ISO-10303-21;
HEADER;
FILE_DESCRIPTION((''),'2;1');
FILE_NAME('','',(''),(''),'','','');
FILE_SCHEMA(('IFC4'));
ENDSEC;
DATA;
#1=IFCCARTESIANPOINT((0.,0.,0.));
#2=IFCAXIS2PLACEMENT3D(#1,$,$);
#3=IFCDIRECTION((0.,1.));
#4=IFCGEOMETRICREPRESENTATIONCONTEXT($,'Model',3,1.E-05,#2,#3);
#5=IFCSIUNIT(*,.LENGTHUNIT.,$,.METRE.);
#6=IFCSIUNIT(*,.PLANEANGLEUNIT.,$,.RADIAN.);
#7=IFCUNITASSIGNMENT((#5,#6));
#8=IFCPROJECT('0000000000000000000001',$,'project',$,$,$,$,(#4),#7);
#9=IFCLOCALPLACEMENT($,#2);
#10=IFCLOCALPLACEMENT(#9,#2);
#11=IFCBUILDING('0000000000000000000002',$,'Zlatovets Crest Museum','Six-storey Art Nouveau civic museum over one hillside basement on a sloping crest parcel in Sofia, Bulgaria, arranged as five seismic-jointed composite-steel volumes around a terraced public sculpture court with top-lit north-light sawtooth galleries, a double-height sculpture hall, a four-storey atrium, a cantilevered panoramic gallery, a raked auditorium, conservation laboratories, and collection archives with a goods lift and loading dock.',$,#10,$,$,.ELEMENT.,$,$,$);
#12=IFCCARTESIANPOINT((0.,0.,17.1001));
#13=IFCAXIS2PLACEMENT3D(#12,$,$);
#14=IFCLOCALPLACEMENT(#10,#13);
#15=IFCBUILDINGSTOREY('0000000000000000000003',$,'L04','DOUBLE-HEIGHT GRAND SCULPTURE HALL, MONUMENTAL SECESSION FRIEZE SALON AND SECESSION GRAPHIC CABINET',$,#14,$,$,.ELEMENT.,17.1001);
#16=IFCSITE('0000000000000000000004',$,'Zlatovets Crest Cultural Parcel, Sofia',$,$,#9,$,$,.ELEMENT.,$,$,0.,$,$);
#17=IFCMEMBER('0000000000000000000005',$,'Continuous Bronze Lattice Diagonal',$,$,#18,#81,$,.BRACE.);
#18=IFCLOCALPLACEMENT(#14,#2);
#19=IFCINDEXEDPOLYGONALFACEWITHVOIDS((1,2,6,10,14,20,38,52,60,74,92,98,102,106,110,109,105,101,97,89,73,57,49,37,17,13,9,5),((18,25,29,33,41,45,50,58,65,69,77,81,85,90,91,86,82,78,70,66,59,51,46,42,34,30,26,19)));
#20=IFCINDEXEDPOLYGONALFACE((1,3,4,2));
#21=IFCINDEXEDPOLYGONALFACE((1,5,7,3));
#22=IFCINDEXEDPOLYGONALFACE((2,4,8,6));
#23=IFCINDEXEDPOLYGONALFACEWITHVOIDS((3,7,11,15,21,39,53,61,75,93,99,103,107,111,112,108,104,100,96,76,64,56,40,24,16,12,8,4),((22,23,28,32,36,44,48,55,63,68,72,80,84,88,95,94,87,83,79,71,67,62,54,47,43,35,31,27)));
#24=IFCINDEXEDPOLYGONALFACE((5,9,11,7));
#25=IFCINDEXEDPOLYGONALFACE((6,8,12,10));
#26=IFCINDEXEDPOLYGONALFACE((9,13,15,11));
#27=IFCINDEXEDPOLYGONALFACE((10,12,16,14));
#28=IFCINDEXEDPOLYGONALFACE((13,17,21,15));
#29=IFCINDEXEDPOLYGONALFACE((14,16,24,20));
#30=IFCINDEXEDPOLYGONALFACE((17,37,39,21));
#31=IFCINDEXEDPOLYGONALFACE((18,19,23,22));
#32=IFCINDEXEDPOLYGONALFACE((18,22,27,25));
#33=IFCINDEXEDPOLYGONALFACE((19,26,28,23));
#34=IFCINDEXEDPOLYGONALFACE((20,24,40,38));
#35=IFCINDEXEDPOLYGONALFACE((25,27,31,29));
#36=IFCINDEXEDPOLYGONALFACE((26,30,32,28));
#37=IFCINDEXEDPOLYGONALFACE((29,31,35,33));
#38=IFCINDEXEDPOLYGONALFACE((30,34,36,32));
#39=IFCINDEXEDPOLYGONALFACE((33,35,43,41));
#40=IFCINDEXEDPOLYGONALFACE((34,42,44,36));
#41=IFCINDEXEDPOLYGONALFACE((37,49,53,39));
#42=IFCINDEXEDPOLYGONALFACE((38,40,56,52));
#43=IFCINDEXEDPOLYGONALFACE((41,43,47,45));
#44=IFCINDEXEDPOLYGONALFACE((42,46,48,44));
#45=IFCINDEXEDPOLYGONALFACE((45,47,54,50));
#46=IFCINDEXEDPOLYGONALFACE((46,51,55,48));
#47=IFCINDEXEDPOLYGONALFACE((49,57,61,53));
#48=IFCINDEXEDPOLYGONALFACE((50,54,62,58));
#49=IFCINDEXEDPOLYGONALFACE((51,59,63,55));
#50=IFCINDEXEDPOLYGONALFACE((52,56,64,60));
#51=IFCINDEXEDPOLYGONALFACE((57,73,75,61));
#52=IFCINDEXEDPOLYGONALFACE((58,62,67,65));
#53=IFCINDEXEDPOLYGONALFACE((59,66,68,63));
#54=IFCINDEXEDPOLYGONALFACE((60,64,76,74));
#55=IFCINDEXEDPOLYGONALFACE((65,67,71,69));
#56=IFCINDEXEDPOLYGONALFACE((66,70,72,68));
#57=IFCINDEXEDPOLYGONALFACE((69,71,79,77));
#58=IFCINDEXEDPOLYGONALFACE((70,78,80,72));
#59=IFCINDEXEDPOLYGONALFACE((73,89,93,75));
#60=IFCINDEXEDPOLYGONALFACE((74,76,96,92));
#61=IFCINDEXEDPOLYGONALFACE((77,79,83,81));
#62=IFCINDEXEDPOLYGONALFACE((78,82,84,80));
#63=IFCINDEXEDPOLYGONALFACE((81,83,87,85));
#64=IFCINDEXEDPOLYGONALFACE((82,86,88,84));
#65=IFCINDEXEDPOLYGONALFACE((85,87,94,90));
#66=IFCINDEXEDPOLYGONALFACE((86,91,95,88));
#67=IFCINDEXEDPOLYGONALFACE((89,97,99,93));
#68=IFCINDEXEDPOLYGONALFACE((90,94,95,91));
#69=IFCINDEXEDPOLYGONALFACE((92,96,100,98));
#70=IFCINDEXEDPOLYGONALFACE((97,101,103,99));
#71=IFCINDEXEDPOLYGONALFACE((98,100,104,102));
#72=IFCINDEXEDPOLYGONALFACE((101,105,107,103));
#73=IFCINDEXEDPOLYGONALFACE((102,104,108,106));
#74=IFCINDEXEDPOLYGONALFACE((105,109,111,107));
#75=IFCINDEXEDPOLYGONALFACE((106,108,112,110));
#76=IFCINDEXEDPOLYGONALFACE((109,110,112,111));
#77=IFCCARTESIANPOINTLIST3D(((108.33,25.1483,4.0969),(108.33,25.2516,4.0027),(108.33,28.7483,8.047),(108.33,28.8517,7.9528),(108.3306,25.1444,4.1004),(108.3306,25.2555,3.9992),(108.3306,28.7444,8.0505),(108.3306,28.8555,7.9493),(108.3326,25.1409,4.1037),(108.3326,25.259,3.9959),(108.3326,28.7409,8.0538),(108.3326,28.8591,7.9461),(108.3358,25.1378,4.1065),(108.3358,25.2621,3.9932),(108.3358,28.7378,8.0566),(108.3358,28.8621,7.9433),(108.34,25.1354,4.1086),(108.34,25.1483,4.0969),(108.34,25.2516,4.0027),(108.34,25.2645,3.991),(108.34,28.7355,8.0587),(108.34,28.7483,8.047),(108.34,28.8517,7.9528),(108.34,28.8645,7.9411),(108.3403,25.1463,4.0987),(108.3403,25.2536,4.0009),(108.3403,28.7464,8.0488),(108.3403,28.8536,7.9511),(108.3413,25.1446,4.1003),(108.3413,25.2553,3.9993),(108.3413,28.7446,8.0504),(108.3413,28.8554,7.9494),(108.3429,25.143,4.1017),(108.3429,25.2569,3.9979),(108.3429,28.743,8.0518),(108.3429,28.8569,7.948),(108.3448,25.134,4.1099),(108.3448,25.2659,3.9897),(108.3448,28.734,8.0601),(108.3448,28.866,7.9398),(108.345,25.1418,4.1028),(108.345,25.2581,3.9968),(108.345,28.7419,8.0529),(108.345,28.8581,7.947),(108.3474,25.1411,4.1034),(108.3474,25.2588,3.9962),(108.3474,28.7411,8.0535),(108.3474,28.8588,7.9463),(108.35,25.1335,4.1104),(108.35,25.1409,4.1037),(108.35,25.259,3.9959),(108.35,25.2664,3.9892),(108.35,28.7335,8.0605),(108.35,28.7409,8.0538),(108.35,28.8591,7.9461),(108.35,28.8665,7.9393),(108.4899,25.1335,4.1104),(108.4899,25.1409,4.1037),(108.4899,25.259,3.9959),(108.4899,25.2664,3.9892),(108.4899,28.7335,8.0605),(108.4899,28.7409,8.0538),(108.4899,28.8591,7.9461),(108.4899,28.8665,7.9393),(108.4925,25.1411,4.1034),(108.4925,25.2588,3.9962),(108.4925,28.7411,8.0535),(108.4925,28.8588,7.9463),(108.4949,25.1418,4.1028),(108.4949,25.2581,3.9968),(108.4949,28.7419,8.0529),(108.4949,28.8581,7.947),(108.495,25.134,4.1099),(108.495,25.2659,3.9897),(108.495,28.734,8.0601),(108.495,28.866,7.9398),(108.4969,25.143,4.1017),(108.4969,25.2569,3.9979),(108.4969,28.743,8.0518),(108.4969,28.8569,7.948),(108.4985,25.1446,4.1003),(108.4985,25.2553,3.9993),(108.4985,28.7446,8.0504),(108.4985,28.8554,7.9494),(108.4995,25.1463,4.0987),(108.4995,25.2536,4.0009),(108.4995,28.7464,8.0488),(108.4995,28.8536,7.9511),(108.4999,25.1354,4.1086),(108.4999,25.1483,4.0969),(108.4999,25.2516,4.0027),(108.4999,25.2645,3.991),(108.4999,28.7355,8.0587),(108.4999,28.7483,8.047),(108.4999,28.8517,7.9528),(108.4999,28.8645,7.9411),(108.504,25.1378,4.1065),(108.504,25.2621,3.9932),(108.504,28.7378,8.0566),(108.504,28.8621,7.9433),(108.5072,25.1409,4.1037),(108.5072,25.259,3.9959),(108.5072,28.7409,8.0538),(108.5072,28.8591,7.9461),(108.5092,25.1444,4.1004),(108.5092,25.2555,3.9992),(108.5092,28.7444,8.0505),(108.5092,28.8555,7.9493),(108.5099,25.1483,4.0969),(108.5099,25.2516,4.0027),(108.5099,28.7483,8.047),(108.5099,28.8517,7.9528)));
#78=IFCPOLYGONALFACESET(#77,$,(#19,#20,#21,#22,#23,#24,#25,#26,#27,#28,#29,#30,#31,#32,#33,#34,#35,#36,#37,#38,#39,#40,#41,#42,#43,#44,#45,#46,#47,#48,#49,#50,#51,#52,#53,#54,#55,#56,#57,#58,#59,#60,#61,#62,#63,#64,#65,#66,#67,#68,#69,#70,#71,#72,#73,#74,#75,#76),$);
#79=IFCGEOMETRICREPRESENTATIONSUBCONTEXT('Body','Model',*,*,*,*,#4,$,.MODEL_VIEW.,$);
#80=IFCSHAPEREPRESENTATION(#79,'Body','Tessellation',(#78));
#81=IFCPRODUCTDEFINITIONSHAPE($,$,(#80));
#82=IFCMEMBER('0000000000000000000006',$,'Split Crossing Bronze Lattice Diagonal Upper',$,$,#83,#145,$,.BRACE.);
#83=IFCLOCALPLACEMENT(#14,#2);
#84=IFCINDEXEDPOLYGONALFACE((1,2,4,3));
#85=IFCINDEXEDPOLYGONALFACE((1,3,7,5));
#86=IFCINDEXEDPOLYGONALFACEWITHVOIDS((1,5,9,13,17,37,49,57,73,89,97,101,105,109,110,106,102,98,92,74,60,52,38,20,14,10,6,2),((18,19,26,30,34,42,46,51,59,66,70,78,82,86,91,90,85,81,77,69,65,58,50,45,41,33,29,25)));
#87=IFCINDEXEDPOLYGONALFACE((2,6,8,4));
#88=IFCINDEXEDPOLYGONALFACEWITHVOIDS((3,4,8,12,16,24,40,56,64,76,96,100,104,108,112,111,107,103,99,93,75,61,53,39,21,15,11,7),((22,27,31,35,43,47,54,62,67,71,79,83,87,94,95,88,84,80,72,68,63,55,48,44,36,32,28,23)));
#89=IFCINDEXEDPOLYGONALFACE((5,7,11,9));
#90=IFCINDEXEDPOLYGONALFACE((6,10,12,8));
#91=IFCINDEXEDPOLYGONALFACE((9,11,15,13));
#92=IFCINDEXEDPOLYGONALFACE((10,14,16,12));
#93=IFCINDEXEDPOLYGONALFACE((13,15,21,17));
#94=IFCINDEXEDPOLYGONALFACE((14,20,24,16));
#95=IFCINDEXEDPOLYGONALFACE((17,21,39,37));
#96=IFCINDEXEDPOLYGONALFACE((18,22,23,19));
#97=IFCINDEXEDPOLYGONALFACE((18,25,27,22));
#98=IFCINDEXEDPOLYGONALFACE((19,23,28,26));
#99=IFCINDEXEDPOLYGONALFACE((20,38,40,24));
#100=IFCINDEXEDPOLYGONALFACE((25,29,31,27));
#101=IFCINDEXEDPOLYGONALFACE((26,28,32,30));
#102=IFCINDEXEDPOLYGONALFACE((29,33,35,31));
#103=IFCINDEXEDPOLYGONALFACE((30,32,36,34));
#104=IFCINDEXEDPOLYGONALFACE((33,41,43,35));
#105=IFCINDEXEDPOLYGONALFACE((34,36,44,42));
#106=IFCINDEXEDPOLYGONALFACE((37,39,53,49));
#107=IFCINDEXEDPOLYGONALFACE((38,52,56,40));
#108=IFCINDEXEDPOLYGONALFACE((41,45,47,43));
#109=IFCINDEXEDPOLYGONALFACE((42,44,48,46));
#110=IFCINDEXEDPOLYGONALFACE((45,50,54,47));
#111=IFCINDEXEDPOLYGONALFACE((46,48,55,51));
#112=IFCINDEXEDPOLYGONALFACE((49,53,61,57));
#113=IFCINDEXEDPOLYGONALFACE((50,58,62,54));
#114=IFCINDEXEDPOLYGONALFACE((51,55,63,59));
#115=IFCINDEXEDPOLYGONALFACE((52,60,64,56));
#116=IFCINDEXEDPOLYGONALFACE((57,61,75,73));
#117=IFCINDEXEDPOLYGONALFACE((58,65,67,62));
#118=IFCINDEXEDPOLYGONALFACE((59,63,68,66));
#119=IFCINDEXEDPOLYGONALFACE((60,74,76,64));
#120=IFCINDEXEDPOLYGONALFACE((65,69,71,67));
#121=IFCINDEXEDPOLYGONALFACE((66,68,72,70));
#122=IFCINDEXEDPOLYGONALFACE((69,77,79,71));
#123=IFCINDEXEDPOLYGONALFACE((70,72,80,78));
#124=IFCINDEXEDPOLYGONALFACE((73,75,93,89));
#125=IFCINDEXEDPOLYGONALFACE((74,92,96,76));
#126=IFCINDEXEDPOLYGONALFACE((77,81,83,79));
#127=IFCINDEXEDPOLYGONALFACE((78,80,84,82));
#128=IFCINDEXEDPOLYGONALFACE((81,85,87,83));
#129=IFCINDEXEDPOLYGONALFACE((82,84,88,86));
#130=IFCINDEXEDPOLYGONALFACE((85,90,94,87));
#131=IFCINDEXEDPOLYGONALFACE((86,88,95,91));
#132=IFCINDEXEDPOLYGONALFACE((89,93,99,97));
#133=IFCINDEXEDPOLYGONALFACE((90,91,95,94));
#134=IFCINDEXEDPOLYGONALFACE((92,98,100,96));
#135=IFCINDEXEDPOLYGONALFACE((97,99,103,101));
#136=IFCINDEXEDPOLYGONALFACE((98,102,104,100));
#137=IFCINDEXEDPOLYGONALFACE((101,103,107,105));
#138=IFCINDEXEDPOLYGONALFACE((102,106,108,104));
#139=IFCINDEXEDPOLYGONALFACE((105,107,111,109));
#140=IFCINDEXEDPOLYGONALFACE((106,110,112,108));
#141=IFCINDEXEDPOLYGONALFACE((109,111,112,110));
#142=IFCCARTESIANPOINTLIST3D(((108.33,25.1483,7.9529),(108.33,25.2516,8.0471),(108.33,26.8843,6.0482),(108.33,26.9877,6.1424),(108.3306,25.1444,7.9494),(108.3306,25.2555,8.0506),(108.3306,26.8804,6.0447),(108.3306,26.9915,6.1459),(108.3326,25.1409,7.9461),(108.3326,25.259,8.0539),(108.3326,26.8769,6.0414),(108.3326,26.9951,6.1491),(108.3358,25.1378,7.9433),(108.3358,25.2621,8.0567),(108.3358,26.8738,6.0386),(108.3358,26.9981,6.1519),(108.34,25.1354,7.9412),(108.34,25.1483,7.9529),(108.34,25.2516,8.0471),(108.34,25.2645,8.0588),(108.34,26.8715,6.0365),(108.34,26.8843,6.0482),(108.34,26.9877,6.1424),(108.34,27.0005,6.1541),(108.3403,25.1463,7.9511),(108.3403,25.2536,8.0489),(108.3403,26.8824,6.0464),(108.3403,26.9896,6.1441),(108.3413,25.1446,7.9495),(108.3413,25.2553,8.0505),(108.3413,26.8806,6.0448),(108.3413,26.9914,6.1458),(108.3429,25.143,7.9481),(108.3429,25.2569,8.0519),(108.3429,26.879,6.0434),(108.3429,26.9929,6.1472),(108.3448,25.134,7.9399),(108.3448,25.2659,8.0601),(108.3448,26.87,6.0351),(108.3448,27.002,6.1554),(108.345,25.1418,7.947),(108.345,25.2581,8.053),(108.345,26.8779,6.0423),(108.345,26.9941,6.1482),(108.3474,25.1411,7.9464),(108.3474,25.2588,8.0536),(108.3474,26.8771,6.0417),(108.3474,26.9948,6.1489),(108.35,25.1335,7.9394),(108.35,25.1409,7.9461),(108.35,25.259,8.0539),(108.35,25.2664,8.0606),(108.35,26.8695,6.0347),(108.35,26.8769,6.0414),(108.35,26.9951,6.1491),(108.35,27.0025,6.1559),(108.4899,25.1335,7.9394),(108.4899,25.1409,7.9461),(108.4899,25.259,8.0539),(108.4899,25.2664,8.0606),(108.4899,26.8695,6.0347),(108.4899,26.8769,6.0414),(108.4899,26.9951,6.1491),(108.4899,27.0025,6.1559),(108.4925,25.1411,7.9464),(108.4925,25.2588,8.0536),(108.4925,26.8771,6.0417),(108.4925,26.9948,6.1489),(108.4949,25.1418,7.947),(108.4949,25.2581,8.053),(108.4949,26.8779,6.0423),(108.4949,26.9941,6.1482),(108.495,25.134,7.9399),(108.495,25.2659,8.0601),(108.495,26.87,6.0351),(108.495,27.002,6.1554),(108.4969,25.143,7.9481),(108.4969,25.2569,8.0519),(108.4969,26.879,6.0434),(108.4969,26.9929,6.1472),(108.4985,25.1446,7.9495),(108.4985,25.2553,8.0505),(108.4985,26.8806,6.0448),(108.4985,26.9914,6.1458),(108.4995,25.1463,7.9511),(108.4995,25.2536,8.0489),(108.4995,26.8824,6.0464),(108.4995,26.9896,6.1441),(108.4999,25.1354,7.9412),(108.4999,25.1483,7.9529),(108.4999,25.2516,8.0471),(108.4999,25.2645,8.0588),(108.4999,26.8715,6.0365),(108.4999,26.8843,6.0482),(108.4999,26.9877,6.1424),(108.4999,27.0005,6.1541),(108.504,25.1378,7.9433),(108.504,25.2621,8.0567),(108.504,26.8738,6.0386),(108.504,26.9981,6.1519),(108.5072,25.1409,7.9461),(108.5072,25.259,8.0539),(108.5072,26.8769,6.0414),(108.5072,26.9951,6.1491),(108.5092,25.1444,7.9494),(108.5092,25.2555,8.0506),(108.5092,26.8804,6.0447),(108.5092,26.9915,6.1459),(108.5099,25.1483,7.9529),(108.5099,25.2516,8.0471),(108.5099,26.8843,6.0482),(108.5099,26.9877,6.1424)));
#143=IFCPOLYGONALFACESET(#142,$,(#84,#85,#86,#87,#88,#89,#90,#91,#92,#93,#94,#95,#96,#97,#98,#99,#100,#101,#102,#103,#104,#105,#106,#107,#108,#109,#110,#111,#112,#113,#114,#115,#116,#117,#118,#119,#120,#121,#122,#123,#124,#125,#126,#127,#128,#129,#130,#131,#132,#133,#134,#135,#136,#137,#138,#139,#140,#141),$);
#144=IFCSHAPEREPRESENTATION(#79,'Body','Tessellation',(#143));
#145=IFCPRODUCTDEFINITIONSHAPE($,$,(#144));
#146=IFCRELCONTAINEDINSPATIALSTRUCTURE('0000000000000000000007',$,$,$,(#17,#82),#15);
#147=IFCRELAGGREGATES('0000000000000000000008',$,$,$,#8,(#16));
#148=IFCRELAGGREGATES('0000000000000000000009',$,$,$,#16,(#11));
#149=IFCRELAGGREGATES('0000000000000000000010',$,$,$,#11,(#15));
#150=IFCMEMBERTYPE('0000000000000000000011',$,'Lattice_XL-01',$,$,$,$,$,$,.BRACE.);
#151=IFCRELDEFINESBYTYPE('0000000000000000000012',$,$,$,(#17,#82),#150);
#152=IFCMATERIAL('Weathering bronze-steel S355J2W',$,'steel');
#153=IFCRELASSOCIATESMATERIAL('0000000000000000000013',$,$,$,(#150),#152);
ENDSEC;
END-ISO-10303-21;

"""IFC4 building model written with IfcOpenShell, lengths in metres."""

from ifc_helpers import new_model, si_unit, direction, frame, origin, origin_2d, place, context, subcontext, project, spatial, hollow_rectangle, extrude, material, material_profile, profile_set, type_object, element, save


model = new_model("IFC4")

# Units and contexts
model_context = context("Model", 3, precision=1e-05, world=origin(), true_north=direction((0.0, 1.0)))
body_context = subcontext(model_context, "Body", "Model", "MODEL_VIEW")
ifc_project = project(units=[si_unit("LENGTHUNIT", "METRE"), si_unit("PLANEANGLEUNIT", "RADIAN")], contexts=[model_context])

# Site, building, storey
site_placement = place(None, origin())
site = spatial("IfcSite", under=ifc_project, at=site_placement, Name="Zlatovets Crest Cultural Parcel, Sofia", CompositionType="ELEMENT", RefElevation=0.0)
building_placement = place(site_placement, origin())
building = spatial("IfcBuilding", under=site, at=building_placement, Name="Zlatovets Crest Museum", Description="Six-storey Art Nouveau civic museum over one hillside basement on a sloping crest parcel in Sofia, Bulgaria, arranged as five seismic-jointed composite-steel volumes around a terraced public sculpture court with top-lit north-light sawtooth galleries, a double-height sculpture hall, a four-storey atrium, a cantilevered panoramic gallery, a raked auditorium, conservation laboratories, and collection archives with a goods lift and loading dock.", CompositionType="ELEMENT")
storey_placement = place(building_placement, frame((0.0, 0.0, 17.1001)))
storey = spatial("IfcBuildingStorey", under=building, at=storey_placement, Name="L04", Description="DOUBLE-HEIGHT GRAND SCULPTURE HALL, MONUMENTAL SECESSION FRIEZE SALON AND SECESSION GRAPHIC CABINET", CompositionType="ELEMENT", Elevation=17.1001)

# Members
ifc_material_1 = material(Name="Weathering bronze-steel S355J2W", Category="steel")
ifc_material_profile_1 = material_profile(ifc_material_1, hollow_rectangle(XDim=0.1799, YDim=0.1799, WallThickness=0.01, InnerFilletRadius=0.01, OuterFilletRadius=0.02, at=origin_2d()), Name="SHS 180x180x10.0")
ifc_profile_set_1 = profile_set([ifc_material_profile_1], Name="Weathering bronze-steel S355J2W")
member_type_1 = type_object("IfcMemberType", Name="Lattice_XL-01", PredefinedType="BRACE", material=ifc_profile_set_1)
member_1_placement = place(storey_placement, frame((108.4199, 25.2, 4.0498), z_axis=(0.0, 0.673595, 0.7391), x_axis=(-1.0, 0.0, 0.0)))
element("IfcMember", 1, at=member_1_placement, inside=storey, type_object=member_type_1, Name="Continuous Bronze Lattice Diagonal", PredefinedType="BRACE", context=body_context, shape_type="SweptSolid", body=[
    extrude(hollow_rectangle(XDim=0.1799, YDim=0.1799, WallThickness=0.01, InnerFilletRadius=0.01, OuterFilletRadius=0.02, at=origin_2d()), origin(), (0.0, 0.0, 1.0), 5.3445),
])
for number, where, z_axis, x_axis, name in (
    (2, (108.4199, 25.2, 8.0), (0.0, 0.67362, -0.739078), (-1.0, 0.0, 0.0), "Split Crossing Bronze Lattice Diagonal Upper"),
):
    element("IfcMember", number, at=place(storey_placement, frame(where, z_axis=z_axis, x_axis=x_axis)), inside=storey, type_object=member_type_1, Name=name, PredefinedType="BRACE", context=body_context, shape_type="SweptSolid", body=[
        extrude(hollow_rectangle(XDim=0.1799, YDim=0.1799, WallThickness=0.01, InnerFilletRadius=0.01, OuterFilletRadius=0.02, at=origin_2d()), origin(), (0.0, 0.0, 1.0), 2.5771),
    ])

save(model, "model.ifc")
